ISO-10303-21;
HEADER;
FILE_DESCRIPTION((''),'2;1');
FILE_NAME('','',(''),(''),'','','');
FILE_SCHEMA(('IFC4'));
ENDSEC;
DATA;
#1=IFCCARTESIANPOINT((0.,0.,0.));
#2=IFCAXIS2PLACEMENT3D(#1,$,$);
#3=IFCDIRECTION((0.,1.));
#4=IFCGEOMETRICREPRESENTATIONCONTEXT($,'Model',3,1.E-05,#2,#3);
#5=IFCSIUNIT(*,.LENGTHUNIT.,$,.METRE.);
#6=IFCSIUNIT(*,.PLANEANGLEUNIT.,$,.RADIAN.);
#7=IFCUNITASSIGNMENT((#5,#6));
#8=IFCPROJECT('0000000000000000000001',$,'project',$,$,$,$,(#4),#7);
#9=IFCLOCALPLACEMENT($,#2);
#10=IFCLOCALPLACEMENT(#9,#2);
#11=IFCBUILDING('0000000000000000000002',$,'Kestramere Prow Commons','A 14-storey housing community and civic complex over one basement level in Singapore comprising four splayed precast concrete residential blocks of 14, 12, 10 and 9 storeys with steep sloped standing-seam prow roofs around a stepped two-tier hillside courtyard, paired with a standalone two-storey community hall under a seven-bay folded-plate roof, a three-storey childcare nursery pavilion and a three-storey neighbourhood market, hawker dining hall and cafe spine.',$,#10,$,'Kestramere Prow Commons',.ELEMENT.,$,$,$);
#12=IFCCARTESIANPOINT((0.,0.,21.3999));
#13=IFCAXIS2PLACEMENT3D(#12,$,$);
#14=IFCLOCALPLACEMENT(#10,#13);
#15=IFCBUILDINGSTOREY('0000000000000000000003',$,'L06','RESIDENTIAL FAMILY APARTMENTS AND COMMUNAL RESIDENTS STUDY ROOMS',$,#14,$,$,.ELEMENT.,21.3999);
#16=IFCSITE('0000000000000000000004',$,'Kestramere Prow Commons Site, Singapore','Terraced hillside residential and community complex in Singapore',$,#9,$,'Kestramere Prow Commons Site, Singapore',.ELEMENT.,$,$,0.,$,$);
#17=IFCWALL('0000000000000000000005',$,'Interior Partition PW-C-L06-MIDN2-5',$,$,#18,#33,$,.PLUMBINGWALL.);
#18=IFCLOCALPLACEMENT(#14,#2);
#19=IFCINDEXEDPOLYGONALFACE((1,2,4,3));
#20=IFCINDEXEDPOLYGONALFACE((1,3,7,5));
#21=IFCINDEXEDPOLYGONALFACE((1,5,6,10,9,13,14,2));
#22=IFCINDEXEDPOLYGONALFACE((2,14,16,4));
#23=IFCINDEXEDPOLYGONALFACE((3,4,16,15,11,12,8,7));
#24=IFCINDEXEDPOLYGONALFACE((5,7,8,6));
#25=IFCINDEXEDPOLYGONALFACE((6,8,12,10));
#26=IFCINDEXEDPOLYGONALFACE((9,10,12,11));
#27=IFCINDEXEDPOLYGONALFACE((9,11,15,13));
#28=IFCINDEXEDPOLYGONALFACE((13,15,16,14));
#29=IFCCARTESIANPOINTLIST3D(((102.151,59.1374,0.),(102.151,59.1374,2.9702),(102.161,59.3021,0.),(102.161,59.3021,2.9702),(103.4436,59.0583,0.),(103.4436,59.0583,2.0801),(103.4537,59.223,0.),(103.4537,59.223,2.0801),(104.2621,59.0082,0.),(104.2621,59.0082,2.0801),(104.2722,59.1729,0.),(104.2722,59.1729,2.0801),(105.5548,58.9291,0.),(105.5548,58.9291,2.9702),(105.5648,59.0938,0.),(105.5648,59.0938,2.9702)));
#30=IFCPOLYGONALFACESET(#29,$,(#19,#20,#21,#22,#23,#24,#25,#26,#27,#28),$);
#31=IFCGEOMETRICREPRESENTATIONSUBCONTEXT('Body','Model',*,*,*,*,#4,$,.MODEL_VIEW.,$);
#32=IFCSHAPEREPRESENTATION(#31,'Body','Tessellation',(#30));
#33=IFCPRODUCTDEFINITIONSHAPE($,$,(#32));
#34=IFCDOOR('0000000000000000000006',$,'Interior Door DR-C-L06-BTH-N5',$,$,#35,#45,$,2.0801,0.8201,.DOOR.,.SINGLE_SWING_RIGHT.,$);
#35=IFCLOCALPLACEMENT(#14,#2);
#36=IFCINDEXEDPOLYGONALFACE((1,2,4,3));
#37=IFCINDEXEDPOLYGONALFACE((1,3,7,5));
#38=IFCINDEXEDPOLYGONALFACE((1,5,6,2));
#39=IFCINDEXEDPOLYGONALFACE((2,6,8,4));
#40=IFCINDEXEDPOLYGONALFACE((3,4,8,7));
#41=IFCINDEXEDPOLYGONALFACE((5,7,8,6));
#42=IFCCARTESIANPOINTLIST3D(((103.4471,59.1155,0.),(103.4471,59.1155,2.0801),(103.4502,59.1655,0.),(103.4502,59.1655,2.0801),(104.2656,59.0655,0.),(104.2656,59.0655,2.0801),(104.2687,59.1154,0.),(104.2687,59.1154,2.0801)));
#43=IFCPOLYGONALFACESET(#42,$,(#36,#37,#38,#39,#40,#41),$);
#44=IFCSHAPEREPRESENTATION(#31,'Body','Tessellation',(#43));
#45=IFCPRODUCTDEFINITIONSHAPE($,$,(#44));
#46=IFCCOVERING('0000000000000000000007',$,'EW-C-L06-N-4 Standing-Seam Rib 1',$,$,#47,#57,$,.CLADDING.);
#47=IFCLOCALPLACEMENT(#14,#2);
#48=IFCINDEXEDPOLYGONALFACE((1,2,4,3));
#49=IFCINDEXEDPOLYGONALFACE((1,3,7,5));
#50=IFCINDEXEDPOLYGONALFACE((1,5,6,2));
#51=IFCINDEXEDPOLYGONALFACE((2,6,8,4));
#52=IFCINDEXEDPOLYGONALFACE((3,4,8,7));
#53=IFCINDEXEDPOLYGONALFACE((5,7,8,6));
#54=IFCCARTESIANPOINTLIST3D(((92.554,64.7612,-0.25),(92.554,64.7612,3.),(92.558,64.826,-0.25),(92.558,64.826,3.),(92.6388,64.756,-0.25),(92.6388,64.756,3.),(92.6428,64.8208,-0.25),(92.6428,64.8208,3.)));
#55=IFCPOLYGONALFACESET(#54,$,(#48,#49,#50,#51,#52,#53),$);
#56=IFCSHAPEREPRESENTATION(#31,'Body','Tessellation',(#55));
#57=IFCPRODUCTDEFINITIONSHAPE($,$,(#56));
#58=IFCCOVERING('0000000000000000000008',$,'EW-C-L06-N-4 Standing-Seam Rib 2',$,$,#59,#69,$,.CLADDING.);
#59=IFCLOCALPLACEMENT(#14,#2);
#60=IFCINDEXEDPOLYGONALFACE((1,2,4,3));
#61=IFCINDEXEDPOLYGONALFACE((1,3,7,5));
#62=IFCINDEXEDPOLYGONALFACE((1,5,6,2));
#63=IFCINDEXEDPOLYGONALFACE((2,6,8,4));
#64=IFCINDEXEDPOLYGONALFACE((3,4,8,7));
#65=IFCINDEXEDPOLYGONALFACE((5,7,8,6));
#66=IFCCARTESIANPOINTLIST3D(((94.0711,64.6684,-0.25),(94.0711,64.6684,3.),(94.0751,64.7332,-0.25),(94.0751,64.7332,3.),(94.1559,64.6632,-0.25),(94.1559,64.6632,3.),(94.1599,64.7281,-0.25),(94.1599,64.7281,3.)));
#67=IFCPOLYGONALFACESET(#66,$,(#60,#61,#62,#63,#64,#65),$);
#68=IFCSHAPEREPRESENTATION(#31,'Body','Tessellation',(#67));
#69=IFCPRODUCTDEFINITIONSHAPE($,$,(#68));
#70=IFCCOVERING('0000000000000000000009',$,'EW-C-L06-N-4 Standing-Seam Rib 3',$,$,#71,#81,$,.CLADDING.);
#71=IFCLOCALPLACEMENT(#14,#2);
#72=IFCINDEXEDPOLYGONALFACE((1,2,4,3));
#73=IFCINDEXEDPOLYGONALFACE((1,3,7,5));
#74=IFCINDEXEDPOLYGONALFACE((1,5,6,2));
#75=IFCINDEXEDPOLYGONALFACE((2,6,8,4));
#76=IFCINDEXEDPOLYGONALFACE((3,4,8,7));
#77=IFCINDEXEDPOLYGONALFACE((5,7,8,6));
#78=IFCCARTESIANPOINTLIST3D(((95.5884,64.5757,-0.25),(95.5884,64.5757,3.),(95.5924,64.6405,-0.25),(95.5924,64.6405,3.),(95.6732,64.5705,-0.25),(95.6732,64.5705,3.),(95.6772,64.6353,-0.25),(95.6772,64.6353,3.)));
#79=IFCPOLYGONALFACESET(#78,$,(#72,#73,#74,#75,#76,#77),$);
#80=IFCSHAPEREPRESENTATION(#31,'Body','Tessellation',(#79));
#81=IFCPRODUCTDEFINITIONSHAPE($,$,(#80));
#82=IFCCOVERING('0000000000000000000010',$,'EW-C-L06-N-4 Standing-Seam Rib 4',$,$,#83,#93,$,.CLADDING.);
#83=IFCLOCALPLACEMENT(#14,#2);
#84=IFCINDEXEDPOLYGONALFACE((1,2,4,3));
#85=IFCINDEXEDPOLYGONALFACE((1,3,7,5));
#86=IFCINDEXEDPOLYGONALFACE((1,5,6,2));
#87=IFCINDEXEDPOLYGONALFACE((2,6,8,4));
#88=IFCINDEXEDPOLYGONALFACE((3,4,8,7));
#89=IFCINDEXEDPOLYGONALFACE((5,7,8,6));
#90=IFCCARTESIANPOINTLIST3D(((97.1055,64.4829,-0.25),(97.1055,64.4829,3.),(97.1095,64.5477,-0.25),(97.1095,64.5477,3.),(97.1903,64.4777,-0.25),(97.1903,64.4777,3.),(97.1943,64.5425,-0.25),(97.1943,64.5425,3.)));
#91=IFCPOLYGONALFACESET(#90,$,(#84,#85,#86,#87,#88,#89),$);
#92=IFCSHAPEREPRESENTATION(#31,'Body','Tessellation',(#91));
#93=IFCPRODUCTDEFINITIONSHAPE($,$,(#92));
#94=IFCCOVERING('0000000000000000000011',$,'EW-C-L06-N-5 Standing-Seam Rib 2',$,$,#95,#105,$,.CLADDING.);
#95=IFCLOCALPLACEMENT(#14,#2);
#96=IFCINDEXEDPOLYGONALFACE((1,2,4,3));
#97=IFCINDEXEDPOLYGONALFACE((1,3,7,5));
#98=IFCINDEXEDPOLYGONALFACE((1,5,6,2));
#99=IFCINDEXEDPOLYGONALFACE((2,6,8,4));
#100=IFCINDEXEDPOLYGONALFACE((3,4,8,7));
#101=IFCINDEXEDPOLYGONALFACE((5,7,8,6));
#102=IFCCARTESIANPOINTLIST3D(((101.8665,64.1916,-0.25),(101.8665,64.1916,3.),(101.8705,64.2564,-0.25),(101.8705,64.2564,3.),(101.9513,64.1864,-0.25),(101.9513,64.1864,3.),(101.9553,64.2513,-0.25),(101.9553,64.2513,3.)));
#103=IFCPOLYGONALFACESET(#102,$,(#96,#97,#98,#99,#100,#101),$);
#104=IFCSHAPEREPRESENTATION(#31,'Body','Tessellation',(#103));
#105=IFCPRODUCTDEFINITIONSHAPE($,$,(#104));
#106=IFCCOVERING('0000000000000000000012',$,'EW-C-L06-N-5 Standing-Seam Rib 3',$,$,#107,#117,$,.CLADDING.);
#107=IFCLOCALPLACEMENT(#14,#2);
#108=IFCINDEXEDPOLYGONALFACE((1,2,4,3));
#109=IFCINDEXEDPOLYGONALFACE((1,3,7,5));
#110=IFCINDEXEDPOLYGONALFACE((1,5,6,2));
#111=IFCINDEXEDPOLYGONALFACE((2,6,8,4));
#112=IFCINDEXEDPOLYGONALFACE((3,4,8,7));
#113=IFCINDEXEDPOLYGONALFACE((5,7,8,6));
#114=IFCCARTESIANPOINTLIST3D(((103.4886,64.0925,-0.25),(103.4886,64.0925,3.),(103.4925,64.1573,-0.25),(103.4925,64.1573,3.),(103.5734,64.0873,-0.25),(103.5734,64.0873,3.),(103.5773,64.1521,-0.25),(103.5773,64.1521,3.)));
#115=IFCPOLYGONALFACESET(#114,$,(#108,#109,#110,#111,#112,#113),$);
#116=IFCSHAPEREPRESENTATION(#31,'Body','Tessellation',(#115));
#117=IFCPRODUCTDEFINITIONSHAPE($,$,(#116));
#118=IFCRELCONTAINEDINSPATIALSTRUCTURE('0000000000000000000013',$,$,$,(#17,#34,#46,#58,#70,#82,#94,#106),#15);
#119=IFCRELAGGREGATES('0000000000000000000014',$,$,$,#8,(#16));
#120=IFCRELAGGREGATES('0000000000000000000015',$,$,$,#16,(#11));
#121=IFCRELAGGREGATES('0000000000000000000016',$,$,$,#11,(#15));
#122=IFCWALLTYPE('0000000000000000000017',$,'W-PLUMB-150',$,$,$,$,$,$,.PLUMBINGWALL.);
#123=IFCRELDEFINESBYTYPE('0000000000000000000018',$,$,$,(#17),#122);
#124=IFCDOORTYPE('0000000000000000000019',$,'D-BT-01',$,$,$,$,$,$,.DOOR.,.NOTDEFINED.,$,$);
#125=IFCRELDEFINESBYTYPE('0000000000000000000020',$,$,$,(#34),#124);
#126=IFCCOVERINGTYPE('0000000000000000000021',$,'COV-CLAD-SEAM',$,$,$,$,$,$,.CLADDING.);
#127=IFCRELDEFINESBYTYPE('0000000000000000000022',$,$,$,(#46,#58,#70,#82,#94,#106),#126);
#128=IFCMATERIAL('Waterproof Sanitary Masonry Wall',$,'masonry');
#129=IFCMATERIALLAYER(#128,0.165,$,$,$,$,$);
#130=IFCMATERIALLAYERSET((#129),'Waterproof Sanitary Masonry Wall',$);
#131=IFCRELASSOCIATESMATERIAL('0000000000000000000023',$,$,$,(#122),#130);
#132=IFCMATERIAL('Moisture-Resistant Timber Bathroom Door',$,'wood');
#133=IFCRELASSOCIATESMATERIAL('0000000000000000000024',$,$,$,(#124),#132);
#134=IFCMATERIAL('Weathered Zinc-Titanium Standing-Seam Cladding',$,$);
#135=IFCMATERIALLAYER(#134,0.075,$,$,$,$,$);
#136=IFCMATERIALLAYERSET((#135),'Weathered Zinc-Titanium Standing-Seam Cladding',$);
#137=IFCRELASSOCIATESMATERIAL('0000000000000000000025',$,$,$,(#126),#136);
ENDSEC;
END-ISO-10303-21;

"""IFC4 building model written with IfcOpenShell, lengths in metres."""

from ifc_helpers import new_model, si_unit, direction, frame, frame_2d, origin, origin_2d, place, context, subcontext, project, spatial, rectangle, extrude, material, layer, layer_set, type_object, element, fill, save


model = new_model("IFC4")

# Units and contexts
model_context = context("Model", 3, precision=1e-05, world=origin(), true_north=direction((0.0, 1.0)))
body_context = subcontext(model_context, "Body", "Model", "MODEL_VIEW")
ifc_project = project(units=[si_unit("LENGTHUNIT", "METRE"), si_unit("PLANEANGLEUNIT", "RADIAN")], contexts=[model_context])

# Site, building, storey
site_placement = place(None, origin())
site = spatial("IfcSite", under=ifc_project, at=site_placement, Name="Kestramere Prow Commons Site, Singapore", Description="Terraced hillside residential and community complex in Singapore", LongName="Kestramere Prow Commons Site, Singapore", CompositionType="ELEMENT", RefElevation=0.0)
building_placement = place(site_placement, origin())
building = spatial("IfcBuilding", under=site, at=building_placement, Name="Kestramere Prow Commons", Description="A 14-storey housing community and civic complex over one basement level in Singapore comprising four splayed precast concrete residential blocks of 14, 12, 10 and 9 storeys with steep sloped standing-seam prow roofs around a stepped two-tier hillside courtyard, paired with a standalone two-storey community hall under a seven-bay folded-plate roof, a three-storey childcare nursery pavilion and a three-storey neighbourhood market, hawker dining hall and cafe spine.", LongName="Kestramere Prow Commons", CompositionType="ELEMENT")
storey_placement = place(building_placement, frame((0.0, 0.0, 21.3999)))
storey = spatial("IfcBuildingStorey", under=building, at=storey_placement, Name="L06", Description="RESIDENTIAL FAMILY APARTMENTS AND COMMUNAL RESIDENTS STUDY ROOMS", CompositionType="ELEMENT", Elevation=21.3999)

# Wall, opening, door
ifc_material_1 = material(Name="Waterproof Sanitary Masonry Wall", Category="masonry")
ifc_layer_1 = layer(ifc_material_1, 0.165)
ifc_layer_set_1 = layer_set([ifc_layer_1], Name="Waterproof Sanitary Masonry Wall")
wall_type_1 = type_object("IfcWallType", Name="W-PLUMB-150", PredefinedType="PLUMBINGWALL", material=ifc_layer_set_1)
ifc_material_2 = material(Name="Moisture-Resistant Timber Bathroom Door", Category="wood")
door_type_1 = type_object("IfcDoorType", Name="D-BT-01", OperationType="NOTDEFINED", PredefinedType="DOOR", material=ifc_material_2)
wall_1_placement = place(storey_placement, frame((102.156, 59.2197, 0.0), z_axis=(0.0, 0.0, 1.0), x_axis=(0.998134, -0.061068, 0.0)))
wall_1 = element("IfcWall", 1, at=wall_1_placement, inside=storey, type_object=wall_type_1, Name="Interior Partition PW-C-L06-MIDN2-5", PredefinedType="PLUMBINGWALL", context=body_context, shape_type="SweptSolid", body=[
    extrude(rectangle(XDim=3.4102, YDim=0.165, at=frame_2d((1.7051, 0.0))), origin(), (0.0, 0.0, 1.0), 2.9702),
])
opening_1_placement = place(wall_1_placement, frame((1.2949, 0.0, 0.0)))
opening_1 = element("IfcOpeningElement", 2, at=opening_1_placement, cuts=wall_1, PredefinedType="OPENING", context=body_context, shape_type="SweptSolid", body=[
    extrude(rectangle(XDim=0.8201, YDim=2.0801, at=frame_2d((0.4102, 1.04))), frame((0.0, 0.0974, 0.0), z_axis=(0.0, -1.0, 0.0), x_axis=(1.0, 0.0, 0.0)), (0.0, 0.0, 1.0), 0.1951),
])
door_1_placement = place(opening_1_placement, origin())
door_1 = element("IfcDoor", 3, at=door_1_placement, inside=storey, type_object=door_type_1, Name="Interior Door DR-C-L06-BTH-N5", OperationType="SINGLE_SWING_RIGHT", OverallHeight=2.0801, OverallWidth=0.8201, PredefinedType="DOOR", context=body_context, shape_type="SweptSolid", body=[
    extrude(rectangle(XDim=0.8201, YDim=2.0801, at=frame_2d((0.4102, 1.04))), frame((0.0, 0.0249, 0.0), z_axis=(0.0, -1.0, 0.0), x_axis=(1.0, 0.0, 0.0)), (0.0, 0.0, 1.0), 0.05),
])
fill(opening_1, door_1)

# Coverings
ifc_material_3 = material(Name="Weathered Zinc-Titanium Standing-Seam Cladding")
ifc_layer_2 = layer(ifc_material_3, 0.075)
ifc_layer_set_2 = layer_set([ifc_layer_2], Name="Weathered Zinc-Titanium Standing-Seam Cladding")
covering_type = type_object("IfcCoveringType", Name="COV-CLAD-SEAM", PredefinedType="CLADDING", material=ifc_layer_set_2)
for number, where, z_axis, x_axis, name in (
    (4, (92.5984, 64.791, -0.25), (0.0, 0.0, 1.0), (0.998135, -0.061049, 0.0), "EW-C-L06-N-4 Standing-Seam Rib 1"),
    (5, (94.1155, 64.6982, -0.25), (0.0, 0.0, 1.0), (0.998135, -0.061049, 0.0), "EW-C-L06-N-4 Standing-Seam Rib 2"),
    (6, (95.6328, 64.6055, -0.25), (0.0, 0.0, 1.0), (0.998135, -0.061049, 0.0), "EW-C-L06-N-4 Standing-Seam Rib 3"),
    (7, (97.1499, 64.5127, -0.25), (0.0, 0.0, 1.0), (0.998135, -0.061049, 0.0), "EW-C-L06-N-4 Standing-Seam Rib 4"),
    (8, (101.9109, 64.2214, -0.25), (0.0, 0.0, 1.0), (0.998135, -0.061049, 0.0), "EW-C-L06-N-5 Standing-Seam Rib 2"),
    (9, (103.533, 64.1223, -0.25), (0.0, 0.0, 1.0), (0.998135, -0.061049, 0.0), "EW-C-L06-N-5 Standing-Seam Rib 3"),
):
    element("IfcCovering", number, at=place(storey_placement, frame(where, z_axis=z_axis, x_axis=x_axis)), inside=storey, type_object=covering_type, Name=name, PredefinedType="CLADDING", context=body_context, shape_type="SweptSolid", body=[
        extrude(rectangle(XDim=0.085, YDim=0.0649, at=origin_2d()), origin(), (0.0, 0.0, 1.0), 3.25),
    ])

save(model, "model.ifc")
